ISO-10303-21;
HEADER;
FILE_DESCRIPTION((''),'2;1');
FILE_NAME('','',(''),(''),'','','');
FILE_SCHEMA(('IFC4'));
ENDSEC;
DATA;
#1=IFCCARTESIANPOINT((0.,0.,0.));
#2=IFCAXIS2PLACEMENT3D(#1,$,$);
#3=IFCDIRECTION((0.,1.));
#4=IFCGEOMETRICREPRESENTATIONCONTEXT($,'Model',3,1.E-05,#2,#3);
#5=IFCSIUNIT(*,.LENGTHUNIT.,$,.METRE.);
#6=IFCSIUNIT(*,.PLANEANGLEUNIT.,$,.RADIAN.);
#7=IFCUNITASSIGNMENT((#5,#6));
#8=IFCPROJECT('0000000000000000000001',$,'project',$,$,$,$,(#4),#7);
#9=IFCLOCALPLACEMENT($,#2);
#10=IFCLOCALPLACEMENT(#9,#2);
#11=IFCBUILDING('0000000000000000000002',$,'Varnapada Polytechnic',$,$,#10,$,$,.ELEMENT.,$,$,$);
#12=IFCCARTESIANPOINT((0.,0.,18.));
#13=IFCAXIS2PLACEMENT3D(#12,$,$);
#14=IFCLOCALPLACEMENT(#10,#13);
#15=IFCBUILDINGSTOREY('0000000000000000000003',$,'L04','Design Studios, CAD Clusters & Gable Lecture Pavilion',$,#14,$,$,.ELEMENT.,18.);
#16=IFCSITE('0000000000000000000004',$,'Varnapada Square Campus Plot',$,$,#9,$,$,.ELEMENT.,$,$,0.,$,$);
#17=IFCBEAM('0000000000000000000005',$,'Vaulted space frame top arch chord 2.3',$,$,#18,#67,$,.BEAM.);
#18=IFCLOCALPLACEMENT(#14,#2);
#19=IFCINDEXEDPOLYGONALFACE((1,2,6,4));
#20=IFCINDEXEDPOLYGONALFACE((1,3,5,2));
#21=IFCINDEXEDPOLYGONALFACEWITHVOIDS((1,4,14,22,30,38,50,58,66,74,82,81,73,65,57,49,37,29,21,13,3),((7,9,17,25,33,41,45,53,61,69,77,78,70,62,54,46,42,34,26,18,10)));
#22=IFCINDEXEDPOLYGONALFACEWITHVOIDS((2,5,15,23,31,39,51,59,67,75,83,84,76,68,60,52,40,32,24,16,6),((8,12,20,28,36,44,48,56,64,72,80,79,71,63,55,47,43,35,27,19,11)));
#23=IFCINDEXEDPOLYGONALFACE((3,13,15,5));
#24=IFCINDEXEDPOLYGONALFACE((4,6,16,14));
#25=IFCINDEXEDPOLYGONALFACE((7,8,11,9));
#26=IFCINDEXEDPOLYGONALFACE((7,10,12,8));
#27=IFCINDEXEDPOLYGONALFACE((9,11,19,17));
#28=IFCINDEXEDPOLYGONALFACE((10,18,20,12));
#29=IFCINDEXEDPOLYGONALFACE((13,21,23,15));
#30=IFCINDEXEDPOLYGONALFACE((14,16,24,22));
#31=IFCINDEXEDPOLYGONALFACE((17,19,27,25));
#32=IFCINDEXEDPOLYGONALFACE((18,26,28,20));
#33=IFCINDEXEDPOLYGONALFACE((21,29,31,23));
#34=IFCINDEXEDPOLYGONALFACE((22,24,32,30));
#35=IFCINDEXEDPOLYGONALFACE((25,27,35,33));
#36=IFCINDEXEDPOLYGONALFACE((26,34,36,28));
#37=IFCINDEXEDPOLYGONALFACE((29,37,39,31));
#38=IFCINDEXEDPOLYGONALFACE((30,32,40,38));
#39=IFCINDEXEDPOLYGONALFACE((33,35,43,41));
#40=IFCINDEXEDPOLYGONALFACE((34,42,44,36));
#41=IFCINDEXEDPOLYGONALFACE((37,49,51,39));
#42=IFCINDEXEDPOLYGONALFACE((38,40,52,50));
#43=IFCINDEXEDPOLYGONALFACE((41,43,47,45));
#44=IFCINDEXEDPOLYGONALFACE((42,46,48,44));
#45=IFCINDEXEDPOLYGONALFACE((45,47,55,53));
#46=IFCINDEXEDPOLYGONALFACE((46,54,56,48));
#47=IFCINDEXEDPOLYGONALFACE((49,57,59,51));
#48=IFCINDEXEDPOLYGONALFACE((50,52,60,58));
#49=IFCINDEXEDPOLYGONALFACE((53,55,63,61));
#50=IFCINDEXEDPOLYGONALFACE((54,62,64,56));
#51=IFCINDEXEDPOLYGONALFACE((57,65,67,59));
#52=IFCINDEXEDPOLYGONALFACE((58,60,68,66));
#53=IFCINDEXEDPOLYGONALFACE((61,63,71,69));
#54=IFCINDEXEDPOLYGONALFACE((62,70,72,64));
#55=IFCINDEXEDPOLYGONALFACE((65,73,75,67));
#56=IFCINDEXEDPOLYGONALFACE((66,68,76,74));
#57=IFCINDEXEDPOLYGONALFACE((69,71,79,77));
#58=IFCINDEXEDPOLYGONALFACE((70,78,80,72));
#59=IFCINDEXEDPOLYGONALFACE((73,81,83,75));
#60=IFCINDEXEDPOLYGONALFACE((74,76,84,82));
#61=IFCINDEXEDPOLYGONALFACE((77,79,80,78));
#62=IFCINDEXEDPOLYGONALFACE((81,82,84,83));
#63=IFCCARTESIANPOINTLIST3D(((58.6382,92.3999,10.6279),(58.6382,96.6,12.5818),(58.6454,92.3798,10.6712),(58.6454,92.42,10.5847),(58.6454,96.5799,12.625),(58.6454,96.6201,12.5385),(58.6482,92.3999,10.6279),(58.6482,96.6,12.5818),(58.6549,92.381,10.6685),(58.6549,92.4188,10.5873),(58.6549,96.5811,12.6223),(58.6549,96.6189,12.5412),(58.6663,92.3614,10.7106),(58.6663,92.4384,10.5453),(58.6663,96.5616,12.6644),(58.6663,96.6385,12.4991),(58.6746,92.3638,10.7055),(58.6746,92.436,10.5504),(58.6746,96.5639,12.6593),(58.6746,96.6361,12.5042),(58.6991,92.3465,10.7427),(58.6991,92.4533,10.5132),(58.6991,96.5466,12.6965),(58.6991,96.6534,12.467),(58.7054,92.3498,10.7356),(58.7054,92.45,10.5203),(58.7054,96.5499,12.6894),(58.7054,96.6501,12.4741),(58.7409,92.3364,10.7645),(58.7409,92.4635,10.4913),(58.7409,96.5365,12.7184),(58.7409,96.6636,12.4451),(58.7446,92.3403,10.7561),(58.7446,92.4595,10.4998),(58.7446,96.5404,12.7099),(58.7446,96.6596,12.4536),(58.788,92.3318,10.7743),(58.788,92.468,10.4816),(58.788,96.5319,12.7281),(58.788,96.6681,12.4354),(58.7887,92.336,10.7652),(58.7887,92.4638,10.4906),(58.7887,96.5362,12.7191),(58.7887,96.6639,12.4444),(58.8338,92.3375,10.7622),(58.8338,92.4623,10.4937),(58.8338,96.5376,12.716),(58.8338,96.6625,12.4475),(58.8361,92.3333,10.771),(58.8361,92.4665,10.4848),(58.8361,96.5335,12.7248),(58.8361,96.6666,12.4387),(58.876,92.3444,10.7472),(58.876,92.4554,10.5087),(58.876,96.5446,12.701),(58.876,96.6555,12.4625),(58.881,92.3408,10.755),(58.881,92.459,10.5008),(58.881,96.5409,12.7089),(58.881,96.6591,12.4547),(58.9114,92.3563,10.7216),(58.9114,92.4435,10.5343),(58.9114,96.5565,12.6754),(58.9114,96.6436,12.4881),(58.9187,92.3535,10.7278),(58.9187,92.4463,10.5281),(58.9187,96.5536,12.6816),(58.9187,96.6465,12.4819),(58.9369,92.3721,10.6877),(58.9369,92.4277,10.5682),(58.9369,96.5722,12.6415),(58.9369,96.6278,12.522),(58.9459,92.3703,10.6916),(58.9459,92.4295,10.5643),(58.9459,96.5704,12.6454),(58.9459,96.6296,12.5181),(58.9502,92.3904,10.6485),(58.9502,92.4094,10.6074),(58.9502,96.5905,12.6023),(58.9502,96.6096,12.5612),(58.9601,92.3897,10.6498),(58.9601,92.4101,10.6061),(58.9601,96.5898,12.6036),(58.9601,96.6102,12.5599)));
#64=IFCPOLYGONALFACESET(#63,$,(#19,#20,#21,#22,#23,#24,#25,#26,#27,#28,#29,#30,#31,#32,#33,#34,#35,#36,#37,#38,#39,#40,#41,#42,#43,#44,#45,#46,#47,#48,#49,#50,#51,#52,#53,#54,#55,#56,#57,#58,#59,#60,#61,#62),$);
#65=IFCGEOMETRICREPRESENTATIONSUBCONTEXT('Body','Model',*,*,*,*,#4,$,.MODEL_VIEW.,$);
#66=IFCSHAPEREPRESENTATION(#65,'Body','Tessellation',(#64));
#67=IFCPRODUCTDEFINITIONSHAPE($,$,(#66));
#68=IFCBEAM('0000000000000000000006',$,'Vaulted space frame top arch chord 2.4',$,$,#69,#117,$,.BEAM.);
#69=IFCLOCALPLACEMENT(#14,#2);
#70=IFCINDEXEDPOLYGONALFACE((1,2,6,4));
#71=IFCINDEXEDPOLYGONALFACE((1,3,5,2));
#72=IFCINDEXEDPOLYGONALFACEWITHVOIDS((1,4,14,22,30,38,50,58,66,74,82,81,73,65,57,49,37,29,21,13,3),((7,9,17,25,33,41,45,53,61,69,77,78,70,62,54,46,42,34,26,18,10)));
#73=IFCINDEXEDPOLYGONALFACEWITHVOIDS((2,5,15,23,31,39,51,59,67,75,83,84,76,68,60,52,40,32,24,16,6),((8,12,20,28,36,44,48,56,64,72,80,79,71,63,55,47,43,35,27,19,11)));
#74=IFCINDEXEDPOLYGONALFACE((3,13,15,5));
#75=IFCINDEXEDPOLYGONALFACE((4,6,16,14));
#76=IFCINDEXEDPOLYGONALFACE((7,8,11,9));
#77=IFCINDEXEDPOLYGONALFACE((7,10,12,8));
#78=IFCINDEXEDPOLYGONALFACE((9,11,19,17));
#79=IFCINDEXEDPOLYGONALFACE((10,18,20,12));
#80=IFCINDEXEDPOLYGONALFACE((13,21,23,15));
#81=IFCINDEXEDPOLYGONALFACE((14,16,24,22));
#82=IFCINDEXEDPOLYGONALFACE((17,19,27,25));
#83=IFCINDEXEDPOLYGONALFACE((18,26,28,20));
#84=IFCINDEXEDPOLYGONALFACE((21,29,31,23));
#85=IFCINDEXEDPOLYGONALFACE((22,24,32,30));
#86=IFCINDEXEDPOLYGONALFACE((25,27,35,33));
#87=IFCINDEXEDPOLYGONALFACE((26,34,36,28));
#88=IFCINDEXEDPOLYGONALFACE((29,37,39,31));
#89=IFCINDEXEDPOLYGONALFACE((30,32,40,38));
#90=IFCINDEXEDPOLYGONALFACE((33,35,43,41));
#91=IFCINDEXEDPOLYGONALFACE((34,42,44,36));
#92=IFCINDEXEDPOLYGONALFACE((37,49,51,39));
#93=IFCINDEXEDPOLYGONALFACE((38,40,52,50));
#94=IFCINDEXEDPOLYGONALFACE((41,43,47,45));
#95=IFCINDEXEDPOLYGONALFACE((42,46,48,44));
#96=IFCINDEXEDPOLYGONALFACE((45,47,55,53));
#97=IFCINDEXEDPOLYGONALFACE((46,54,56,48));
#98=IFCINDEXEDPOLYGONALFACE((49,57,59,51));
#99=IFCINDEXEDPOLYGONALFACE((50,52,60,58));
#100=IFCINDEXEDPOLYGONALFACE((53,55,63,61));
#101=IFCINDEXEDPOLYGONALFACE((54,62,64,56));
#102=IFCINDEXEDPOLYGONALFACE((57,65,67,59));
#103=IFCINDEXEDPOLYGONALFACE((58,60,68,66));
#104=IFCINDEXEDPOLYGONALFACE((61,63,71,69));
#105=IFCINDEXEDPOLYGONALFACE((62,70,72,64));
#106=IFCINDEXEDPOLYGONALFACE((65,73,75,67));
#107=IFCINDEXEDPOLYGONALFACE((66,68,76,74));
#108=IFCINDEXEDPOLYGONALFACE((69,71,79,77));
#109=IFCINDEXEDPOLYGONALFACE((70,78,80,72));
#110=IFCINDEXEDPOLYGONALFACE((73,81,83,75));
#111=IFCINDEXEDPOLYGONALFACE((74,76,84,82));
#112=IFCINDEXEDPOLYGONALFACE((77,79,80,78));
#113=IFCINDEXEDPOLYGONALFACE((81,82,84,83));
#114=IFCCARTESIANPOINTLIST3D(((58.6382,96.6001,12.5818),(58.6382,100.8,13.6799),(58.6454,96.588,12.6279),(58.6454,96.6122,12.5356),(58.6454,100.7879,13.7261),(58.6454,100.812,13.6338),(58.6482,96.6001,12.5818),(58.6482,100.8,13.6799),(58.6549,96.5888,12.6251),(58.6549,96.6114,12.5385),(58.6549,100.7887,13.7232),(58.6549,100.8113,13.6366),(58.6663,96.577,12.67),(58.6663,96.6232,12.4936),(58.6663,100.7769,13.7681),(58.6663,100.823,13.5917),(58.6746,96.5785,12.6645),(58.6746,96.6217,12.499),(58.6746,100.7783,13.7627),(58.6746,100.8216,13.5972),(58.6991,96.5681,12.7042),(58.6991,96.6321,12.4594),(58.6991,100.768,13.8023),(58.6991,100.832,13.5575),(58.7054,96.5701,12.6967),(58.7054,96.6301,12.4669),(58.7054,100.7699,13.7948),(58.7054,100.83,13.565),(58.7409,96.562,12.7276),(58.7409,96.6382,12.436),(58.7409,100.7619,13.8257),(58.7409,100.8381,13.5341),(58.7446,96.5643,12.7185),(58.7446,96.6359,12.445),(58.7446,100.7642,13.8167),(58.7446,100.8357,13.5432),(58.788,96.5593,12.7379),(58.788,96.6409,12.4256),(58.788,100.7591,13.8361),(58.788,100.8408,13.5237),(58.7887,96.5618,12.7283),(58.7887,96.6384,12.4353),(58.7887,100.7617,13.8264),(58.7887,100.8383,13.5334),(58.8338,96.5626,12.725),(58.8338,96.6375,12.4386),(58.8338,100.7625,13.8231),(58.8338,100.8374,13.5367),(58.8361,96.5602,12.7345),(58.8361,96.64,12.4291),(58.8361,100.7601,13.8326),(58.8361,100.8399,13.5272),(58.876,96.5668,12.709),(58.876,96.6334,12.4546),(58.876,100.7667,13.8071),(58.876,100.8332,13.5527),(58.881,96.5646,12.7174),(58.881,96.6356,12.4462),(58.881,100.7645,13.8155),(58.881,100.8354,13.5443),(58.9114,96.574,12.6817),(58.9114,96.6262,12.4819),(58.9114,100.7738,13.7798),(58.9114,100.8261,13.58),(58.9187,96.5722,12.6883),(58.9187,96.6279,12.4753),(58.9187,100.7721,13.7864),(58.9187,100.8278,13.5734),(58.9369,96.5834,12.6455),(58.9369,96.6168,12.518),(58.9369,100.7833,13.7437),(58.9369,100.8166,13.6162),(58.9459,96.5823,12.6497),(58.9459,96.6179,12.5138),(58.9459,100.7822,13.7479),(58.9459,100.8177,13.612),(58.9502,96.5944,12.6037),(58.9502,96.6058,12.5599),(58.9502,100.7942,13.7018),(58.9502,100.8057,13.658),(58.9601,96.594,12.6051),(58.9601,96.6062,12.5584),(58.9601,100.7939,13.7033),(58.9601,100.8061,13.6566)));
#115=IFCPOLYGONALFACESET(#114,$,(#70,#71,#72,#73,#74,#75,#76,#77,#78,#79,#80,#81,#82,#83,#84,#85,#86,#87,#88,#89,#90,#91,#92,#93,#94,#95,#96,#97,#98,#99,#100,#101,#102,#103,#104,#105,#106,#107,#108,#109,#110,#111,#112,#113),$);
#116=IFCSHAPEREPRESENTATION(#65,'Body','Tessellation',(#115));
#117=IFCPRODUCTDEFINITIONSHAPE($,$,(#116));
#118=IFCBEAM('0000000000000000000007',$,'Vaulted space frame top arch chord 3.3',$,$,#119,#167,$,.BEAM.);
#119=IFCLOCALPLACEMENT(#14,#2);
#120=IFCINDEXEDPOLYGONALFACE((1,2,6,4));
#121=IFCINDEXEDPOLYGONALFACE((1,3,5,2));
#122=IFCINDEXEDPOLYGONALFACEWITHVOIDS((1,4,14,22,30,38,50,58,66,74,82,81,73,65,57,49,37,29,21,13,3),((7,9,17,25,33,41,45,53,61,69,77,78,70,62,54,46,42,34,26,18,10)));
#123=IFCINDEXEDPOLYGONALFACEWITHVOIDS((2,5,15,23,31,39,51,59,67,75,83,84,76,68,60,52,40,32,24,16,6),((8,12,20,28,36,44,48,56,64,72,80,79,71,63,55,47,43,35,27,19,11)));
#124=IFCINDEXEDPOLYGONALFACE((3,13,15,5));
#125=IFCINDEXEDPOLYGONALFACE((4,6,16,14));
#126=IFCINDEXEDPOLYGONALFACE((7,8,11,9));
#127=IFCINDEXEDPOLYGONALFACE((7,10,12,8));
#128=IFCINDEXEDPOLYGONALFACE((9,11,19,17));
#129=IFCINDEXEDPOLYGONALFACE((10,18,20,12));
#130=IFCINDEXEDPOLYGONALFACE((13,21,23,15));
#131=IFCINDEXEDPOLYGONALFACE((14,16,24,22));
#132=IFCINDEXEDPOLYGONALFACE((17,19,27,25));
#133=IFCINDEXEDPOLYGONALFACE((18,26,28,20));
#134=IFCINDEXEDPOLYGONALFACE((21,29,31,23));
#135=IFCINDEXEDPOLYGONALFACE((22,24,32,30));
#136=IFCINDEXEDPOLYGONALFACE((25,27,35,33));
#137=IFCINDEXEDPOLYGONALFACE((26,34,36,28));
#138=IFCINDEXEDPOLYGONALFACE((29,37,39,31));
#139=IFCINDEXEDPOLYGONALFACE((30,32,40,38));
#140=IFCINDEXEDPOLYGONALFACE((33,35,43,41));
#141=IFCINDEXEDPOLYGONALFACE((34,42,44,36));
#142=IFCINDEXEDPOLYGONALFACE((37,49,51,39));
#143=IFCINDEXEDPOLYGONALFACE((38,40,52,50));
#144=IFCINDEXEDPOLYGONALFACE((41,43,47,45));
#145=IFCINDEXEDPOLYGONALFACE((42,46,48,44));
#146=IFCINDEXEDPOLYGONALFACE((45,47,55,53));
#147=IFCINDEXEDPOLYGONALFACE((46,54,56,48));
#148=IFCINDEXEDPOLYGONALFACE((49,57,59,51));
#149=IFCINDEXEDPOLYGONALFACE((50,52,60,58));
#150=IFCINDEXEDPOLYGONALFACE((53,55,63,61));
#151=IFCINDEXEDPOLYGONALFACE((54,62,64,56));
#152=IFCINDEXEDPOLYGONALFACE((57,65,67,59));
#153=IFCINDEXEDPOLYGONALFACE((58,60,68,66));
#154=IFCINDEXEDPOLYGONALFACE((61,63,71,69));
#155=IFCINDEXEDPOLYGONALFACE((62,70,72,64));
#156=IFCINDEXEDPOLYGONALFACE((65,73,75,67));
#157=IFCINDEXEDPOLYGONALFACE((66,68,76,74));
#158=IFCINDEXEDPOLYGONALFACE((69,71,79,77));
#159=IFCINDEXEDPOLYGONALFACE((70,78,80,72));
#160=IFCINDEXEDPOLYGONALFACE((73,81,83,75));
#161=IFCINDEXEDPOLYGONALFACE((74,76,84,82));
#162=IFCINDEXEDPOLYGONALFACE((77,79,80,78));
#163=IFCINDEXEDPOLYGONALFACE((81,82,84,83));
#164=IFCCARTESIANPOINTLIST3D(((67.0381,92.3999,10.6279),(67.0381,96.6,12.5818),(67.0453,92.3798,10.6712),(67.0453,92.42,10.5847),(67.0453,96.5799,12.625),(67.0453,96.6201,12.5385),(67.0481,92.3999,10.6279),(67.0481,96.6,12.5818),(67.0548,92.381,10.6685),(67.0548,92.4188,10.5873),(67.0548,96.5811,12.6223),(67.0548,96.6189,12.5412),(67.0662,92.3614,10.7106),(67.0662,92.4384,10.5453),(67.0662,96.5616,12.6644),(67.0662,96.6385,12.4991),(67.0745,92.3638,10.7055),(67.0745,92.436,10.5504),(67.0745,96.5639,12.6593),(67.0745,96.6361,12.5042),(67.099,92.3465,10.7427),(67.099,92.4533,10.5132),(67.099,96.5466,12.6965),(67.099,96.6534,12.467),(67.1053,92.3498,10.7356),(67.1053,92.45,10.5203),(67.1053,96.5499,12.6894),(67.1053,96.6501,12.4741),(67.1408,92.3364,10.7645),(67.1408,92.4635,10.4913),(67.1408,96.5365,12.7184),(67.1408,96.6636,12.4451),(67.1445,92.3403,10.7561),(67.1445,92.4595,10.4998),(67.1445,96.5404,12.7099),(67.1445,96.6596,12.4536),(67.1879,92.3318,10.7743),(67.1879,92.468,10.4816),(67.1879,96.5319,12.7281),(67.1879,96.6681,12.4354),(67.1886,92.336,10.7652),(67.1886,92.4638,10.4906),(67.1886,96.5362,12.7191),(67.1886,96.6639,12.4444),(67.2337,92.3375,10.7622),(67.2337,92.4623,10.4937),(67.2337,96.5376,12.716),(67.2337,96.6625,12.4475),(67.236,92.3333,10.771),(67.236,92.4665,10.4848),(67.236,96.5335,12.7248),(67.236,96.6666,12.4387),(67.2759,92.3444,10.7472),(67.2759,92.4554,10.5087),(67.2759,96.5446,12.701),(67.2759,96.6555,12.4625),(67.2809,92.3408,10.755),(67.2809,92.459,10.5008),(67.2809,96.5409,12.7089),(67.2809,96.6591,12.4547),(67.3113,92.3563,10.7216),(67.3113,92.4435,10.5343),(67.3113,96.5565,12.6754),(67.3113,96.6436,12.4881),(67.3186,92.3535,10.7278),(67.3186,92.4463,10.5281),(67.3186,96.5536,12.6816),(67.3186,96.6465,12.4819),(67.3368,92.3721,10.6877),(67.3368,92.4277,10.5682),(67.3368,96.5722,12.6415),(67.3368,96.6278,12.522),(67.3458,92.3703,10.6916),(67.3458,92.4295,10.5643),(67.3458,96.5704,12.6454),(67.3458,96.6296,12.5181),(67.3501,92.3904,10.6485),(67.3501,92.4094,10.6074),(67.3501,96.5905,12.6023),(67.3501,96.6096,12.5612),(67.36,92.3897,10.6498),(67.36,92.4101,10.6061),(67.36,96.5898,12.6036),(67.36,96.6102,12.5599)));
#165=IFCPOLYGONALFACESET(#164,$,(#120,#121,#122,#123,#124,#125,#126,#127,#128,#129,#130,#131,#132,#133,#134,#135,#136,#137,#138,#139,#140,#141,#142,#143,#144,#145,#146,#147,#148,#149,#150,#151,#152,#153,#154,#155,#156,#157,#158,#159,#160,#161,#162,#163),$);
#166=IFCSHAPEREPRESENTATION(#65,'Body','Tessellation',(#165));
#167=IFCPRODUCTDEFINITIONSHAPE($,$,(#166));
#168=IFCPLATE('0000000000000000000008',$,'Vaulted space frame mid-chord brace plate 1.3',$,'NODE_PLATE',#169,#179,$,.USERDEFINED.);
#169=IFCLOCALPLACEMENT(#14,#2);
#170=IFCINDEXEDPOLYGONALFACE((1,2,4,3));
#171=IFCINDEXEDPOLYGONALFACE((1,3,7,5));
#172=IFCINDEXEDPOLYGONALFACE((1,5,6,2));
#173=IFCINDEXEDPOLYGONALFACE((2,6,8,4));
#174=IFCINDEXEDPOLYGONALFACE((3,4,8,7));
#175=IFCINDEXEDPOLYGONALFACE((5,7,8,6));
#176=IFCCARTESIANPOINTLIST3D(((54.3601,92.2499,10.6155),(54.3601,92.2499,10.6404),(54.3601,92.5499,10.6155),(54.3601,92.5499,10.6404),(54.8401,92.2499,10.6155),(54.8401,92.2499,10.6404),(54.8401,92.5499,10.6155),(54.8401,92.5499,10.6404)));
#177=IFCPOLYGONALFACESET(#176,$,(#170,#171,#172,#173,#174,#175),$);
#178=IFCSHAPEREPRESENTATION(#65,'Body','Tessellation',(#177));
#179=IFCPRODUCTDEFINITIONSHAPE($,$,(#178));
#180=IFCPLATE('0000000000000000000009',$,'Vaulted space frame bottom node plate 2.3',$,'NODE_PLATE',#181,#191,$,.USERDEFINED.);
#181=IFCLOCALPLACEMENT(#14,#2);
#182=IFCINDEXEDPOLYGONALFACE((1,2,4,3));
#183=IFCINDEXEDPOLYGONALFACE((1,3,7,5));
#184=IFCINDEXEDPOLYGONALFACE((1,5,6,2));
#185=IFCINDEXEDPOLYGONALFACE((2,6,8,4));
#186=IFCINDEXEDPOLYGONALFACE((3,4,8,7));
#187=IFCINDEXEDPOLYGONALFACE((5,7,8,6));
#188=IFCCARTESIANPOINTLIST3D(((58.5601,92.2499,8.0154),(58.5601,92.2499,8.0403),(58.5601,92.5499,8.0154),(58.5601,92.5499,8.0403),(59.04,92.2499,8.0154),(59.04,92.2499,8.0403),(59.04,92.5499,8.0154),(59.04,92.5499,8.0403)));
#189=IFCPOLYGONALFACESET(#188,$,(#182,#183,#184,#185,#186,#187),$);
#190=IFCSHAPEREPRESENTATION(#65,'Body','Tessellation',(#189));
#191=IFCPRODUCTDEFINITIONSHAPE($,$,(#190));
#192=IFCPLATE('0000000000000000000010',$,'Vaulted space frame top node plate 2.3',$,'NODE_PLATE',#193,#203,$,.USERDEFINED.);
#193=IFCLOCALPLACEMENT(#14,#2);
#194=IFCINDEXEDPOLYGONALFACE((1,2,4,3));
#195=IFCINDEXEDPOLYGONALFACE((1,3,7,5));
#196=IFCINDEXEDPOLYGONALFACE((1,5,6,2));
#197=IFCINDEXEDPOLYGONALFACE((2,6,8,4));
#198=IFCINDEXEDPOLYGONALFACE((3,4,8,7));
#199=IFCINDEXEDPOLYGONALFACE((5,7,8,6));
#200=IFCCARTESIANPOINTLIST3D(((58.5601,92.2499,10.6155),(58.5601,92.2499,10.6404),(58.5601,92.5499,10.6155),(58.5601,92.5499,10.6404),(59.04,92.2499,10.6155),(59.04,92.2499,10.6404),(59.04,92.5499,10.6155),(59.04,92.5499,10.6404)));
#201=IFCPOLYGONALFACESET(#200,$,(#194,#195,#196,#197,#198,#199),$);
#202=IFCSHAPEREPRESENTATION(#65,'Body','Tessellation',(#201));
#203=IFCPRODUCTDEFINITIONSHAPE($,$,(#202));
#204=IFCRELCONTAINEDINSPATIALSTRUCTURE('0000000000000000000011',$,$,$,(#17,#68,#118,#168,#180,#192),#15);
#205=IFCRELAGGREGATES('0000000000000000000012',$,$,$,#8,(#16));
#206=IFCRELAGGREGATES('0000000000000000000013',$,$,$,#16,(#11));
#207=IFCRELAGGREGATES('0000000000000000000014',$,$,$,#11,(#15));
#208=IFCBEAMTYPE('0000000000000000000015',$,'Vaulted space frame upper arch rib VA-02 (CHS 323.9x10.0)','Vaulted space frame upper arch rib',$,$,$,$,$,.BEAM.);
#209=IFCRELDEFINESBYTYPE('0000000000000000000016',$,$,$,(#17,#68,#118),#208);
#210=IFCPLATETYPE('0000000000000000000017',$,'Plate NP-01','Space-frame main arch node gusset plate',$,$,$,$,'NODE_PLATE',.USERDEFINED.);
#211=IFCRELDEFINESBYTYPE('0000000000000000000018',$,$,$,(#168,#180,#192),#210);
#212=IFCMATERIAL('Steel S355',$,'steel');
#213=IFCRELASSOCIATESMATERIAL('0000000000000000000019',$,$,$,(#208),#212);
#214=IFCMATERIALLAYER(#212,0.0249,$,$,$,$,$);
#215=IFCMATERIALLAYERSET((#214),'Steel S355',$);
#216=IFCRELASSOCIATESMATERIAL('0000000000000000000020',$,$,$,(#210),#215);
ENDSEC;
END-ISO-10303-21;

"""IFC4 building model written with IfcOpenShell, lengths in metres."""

from ifc_helpers import new_model, si_unit, direction, frame, origin, origin_2d, place, context, subcontext, project, spatial, rectangle, hollow_circle, extrude, material, layer, layer_set, material_profile, profile_set, type_object, element, save


model = new_model("IFC4")

# Units and contexts
model_context = context("Model", 3, precision=1e-05, world=origin(), true_north=direction((0.0, 1.0)))
body_context = subcontext(model_context, "Body", "Model", "MODEL_VIEW")
ifc_project = project(units=[si_unit("LENGTHUNIT", "METRE"), si_unit("PLANEANGLEUNIT", "RADIAN")], contexts=[model_context])

# Site, building, storey
site_placement = place(None, origin())
site = spatial("IfcSite", under=ifc_project, at=site_placement, Name="Varnapada Square Campus Plot", CompositionType="ELEMENT", RefElevation=0.0)
building_placement = place(site_placement, origin())
building = spatial("IfcBuilding", under=site, at=building_placement, Name="Varnapada Polytechnic", CompositionType="ELEMENT")
storey_placement = place(building_placement, frame((0.0, 0.0, 18.0)))
storey = spatial("IfcBuildingStorey", under=building, at=storey_placement, Name="L04", Description="Design Studios, CAD Clusters & Gable Lecture Pavilion", CompositionType="ELEMENT", Elevation=18.0)

# Shared definitions
ifc_material = material(Name="Steel S355", Category="steel")

# Beams
ifc_material_profile_1 = material_profile(ifc_material, hollow_circle(Radius=0.1619, WallThickness=0.01, at=origin_2d()), Name="CHS 323.9x10.0")
ifc_profile_set_1 = profile_set([ifc_material_profile_1], Name="Steel S355")
beam_type_1 = type_object("IfcBeamType", Name="Vaulted space frame upper arch rib VA-02 (CHS 323.9x10.0)", Description="Vaulted space frame upper arch rib", PredefinedType="BEAM", material=ifc_profile_set_1)
beam_1_placement = place(storey_placement, frame((58.8, 92.3999, 10.6279), z_axis=(0.0, 0.906698, 0.42178), x_axis=(-1.0, 0.0, 0.0)))
element("IfcBeam", 1, at=beam_1_placement, inside=storey, type_object=beam_type_1, Name="Vaulted space frame top arch chord 2.3", PredefinedType="BEAM", context=body_context, shape_type="SweptSolid", body=[
    extrude(hollow_circle(Radius=0.1619, WallThickness=0.01, at=origin_2d()), origin(), (0.0, 0.0, 1.0), 4.6323),
])
beam_2_placement = place(storey_placement, frame((58.8, 96.6001, 12.5818), z_axis=(0.0, 0.967476, 0.252962), x_axis=(-1.0, 0.0, 0.0)))
element("IfcBeam", 2, at=beam_2_placement, inside=storey, type_object=beam_type_1, Name="Vaulted space frame top arch chord 2.4", PredefinedType="BEAM", context=body_context, shape_type="SweptSolid", body=[
    extrude(hollow_circle(Radius=0.1619, WallThickness=0.01, at=origin_2d()), origin(), (0.0, 0.0, 1.0), 4.3411),
])
beam_3_placement = place(storey_placement, frame((67.2, 92.3999, 10.6279), z_axis=(0.0, 0.906698, 0.42178), x_axis=(-1.0, 0.0, 0.0)))
element("IfcBeam", 3, at=beam_3_placement, inside=storey, type_object=beam_type_1, Name="Vaulted space frame top arch chord 3.3", PredefinedType="BEAM", context=body_context, shape_type="SweptSolid", body=[
    extrude(hollow_circle(Radius=0.1619, WallThickness=0.01, at=origin_2d()), origin(), (0.0, 0.0, 1.0), 4.6323),
])

# Plates
ifc_layer_1 = layer(ifc_material, 0.0249)
ifc_layer_set_1 = layer_set([ifc_layer_1], Name="Steel S355")
plate_type = type_object("IfcPlateType", Name="Plate NP-01", Description="Space-frame main arch node gusset plate", ElementType="NODE_PLATE", PredefinedType="USERDEFINED", material=ifc_layer_set_1)
for number, where, z_axis, x_axis, name in (
    (4, (54.6001, 92.3999, 10.6155), (0.0, 0.0, 1.0), (1.0, 0.0, 0.0), "Vaulted space frame mid-chord brace plate 1.3"),
    (5, (58.8, 92.3999, 8.0154), (0.0, 0.0, 1.0), (1.0, 0.0, 0.0), "Vaulted space frame bottom node plate 2.3"),
    (6, (58.8, 92.3999, 10.6155), (0.0, 0.0, 1.0), (1.0, 0.0, 0.0), "Vaulted space frame top node plate 2.3"),
):
    element("IfcPlate", number, at=place(storey_placement, frame(where, z_axis=z_axis, x_axis=x_axis)), inside=storey, type_object=plate_type, Name=name, ObjectType="NODE_PLATE", PredefinedType="USERDEFINED", context=body_context, shape_type="SweptSolid", body=[
        extrude(rectangle(XDim=0.48, YDim=0.3, at=origin_2d()), origin(), (0.0, 0.0, 1.0), 0.0249),
    ])

save(model, "model.ifc")
